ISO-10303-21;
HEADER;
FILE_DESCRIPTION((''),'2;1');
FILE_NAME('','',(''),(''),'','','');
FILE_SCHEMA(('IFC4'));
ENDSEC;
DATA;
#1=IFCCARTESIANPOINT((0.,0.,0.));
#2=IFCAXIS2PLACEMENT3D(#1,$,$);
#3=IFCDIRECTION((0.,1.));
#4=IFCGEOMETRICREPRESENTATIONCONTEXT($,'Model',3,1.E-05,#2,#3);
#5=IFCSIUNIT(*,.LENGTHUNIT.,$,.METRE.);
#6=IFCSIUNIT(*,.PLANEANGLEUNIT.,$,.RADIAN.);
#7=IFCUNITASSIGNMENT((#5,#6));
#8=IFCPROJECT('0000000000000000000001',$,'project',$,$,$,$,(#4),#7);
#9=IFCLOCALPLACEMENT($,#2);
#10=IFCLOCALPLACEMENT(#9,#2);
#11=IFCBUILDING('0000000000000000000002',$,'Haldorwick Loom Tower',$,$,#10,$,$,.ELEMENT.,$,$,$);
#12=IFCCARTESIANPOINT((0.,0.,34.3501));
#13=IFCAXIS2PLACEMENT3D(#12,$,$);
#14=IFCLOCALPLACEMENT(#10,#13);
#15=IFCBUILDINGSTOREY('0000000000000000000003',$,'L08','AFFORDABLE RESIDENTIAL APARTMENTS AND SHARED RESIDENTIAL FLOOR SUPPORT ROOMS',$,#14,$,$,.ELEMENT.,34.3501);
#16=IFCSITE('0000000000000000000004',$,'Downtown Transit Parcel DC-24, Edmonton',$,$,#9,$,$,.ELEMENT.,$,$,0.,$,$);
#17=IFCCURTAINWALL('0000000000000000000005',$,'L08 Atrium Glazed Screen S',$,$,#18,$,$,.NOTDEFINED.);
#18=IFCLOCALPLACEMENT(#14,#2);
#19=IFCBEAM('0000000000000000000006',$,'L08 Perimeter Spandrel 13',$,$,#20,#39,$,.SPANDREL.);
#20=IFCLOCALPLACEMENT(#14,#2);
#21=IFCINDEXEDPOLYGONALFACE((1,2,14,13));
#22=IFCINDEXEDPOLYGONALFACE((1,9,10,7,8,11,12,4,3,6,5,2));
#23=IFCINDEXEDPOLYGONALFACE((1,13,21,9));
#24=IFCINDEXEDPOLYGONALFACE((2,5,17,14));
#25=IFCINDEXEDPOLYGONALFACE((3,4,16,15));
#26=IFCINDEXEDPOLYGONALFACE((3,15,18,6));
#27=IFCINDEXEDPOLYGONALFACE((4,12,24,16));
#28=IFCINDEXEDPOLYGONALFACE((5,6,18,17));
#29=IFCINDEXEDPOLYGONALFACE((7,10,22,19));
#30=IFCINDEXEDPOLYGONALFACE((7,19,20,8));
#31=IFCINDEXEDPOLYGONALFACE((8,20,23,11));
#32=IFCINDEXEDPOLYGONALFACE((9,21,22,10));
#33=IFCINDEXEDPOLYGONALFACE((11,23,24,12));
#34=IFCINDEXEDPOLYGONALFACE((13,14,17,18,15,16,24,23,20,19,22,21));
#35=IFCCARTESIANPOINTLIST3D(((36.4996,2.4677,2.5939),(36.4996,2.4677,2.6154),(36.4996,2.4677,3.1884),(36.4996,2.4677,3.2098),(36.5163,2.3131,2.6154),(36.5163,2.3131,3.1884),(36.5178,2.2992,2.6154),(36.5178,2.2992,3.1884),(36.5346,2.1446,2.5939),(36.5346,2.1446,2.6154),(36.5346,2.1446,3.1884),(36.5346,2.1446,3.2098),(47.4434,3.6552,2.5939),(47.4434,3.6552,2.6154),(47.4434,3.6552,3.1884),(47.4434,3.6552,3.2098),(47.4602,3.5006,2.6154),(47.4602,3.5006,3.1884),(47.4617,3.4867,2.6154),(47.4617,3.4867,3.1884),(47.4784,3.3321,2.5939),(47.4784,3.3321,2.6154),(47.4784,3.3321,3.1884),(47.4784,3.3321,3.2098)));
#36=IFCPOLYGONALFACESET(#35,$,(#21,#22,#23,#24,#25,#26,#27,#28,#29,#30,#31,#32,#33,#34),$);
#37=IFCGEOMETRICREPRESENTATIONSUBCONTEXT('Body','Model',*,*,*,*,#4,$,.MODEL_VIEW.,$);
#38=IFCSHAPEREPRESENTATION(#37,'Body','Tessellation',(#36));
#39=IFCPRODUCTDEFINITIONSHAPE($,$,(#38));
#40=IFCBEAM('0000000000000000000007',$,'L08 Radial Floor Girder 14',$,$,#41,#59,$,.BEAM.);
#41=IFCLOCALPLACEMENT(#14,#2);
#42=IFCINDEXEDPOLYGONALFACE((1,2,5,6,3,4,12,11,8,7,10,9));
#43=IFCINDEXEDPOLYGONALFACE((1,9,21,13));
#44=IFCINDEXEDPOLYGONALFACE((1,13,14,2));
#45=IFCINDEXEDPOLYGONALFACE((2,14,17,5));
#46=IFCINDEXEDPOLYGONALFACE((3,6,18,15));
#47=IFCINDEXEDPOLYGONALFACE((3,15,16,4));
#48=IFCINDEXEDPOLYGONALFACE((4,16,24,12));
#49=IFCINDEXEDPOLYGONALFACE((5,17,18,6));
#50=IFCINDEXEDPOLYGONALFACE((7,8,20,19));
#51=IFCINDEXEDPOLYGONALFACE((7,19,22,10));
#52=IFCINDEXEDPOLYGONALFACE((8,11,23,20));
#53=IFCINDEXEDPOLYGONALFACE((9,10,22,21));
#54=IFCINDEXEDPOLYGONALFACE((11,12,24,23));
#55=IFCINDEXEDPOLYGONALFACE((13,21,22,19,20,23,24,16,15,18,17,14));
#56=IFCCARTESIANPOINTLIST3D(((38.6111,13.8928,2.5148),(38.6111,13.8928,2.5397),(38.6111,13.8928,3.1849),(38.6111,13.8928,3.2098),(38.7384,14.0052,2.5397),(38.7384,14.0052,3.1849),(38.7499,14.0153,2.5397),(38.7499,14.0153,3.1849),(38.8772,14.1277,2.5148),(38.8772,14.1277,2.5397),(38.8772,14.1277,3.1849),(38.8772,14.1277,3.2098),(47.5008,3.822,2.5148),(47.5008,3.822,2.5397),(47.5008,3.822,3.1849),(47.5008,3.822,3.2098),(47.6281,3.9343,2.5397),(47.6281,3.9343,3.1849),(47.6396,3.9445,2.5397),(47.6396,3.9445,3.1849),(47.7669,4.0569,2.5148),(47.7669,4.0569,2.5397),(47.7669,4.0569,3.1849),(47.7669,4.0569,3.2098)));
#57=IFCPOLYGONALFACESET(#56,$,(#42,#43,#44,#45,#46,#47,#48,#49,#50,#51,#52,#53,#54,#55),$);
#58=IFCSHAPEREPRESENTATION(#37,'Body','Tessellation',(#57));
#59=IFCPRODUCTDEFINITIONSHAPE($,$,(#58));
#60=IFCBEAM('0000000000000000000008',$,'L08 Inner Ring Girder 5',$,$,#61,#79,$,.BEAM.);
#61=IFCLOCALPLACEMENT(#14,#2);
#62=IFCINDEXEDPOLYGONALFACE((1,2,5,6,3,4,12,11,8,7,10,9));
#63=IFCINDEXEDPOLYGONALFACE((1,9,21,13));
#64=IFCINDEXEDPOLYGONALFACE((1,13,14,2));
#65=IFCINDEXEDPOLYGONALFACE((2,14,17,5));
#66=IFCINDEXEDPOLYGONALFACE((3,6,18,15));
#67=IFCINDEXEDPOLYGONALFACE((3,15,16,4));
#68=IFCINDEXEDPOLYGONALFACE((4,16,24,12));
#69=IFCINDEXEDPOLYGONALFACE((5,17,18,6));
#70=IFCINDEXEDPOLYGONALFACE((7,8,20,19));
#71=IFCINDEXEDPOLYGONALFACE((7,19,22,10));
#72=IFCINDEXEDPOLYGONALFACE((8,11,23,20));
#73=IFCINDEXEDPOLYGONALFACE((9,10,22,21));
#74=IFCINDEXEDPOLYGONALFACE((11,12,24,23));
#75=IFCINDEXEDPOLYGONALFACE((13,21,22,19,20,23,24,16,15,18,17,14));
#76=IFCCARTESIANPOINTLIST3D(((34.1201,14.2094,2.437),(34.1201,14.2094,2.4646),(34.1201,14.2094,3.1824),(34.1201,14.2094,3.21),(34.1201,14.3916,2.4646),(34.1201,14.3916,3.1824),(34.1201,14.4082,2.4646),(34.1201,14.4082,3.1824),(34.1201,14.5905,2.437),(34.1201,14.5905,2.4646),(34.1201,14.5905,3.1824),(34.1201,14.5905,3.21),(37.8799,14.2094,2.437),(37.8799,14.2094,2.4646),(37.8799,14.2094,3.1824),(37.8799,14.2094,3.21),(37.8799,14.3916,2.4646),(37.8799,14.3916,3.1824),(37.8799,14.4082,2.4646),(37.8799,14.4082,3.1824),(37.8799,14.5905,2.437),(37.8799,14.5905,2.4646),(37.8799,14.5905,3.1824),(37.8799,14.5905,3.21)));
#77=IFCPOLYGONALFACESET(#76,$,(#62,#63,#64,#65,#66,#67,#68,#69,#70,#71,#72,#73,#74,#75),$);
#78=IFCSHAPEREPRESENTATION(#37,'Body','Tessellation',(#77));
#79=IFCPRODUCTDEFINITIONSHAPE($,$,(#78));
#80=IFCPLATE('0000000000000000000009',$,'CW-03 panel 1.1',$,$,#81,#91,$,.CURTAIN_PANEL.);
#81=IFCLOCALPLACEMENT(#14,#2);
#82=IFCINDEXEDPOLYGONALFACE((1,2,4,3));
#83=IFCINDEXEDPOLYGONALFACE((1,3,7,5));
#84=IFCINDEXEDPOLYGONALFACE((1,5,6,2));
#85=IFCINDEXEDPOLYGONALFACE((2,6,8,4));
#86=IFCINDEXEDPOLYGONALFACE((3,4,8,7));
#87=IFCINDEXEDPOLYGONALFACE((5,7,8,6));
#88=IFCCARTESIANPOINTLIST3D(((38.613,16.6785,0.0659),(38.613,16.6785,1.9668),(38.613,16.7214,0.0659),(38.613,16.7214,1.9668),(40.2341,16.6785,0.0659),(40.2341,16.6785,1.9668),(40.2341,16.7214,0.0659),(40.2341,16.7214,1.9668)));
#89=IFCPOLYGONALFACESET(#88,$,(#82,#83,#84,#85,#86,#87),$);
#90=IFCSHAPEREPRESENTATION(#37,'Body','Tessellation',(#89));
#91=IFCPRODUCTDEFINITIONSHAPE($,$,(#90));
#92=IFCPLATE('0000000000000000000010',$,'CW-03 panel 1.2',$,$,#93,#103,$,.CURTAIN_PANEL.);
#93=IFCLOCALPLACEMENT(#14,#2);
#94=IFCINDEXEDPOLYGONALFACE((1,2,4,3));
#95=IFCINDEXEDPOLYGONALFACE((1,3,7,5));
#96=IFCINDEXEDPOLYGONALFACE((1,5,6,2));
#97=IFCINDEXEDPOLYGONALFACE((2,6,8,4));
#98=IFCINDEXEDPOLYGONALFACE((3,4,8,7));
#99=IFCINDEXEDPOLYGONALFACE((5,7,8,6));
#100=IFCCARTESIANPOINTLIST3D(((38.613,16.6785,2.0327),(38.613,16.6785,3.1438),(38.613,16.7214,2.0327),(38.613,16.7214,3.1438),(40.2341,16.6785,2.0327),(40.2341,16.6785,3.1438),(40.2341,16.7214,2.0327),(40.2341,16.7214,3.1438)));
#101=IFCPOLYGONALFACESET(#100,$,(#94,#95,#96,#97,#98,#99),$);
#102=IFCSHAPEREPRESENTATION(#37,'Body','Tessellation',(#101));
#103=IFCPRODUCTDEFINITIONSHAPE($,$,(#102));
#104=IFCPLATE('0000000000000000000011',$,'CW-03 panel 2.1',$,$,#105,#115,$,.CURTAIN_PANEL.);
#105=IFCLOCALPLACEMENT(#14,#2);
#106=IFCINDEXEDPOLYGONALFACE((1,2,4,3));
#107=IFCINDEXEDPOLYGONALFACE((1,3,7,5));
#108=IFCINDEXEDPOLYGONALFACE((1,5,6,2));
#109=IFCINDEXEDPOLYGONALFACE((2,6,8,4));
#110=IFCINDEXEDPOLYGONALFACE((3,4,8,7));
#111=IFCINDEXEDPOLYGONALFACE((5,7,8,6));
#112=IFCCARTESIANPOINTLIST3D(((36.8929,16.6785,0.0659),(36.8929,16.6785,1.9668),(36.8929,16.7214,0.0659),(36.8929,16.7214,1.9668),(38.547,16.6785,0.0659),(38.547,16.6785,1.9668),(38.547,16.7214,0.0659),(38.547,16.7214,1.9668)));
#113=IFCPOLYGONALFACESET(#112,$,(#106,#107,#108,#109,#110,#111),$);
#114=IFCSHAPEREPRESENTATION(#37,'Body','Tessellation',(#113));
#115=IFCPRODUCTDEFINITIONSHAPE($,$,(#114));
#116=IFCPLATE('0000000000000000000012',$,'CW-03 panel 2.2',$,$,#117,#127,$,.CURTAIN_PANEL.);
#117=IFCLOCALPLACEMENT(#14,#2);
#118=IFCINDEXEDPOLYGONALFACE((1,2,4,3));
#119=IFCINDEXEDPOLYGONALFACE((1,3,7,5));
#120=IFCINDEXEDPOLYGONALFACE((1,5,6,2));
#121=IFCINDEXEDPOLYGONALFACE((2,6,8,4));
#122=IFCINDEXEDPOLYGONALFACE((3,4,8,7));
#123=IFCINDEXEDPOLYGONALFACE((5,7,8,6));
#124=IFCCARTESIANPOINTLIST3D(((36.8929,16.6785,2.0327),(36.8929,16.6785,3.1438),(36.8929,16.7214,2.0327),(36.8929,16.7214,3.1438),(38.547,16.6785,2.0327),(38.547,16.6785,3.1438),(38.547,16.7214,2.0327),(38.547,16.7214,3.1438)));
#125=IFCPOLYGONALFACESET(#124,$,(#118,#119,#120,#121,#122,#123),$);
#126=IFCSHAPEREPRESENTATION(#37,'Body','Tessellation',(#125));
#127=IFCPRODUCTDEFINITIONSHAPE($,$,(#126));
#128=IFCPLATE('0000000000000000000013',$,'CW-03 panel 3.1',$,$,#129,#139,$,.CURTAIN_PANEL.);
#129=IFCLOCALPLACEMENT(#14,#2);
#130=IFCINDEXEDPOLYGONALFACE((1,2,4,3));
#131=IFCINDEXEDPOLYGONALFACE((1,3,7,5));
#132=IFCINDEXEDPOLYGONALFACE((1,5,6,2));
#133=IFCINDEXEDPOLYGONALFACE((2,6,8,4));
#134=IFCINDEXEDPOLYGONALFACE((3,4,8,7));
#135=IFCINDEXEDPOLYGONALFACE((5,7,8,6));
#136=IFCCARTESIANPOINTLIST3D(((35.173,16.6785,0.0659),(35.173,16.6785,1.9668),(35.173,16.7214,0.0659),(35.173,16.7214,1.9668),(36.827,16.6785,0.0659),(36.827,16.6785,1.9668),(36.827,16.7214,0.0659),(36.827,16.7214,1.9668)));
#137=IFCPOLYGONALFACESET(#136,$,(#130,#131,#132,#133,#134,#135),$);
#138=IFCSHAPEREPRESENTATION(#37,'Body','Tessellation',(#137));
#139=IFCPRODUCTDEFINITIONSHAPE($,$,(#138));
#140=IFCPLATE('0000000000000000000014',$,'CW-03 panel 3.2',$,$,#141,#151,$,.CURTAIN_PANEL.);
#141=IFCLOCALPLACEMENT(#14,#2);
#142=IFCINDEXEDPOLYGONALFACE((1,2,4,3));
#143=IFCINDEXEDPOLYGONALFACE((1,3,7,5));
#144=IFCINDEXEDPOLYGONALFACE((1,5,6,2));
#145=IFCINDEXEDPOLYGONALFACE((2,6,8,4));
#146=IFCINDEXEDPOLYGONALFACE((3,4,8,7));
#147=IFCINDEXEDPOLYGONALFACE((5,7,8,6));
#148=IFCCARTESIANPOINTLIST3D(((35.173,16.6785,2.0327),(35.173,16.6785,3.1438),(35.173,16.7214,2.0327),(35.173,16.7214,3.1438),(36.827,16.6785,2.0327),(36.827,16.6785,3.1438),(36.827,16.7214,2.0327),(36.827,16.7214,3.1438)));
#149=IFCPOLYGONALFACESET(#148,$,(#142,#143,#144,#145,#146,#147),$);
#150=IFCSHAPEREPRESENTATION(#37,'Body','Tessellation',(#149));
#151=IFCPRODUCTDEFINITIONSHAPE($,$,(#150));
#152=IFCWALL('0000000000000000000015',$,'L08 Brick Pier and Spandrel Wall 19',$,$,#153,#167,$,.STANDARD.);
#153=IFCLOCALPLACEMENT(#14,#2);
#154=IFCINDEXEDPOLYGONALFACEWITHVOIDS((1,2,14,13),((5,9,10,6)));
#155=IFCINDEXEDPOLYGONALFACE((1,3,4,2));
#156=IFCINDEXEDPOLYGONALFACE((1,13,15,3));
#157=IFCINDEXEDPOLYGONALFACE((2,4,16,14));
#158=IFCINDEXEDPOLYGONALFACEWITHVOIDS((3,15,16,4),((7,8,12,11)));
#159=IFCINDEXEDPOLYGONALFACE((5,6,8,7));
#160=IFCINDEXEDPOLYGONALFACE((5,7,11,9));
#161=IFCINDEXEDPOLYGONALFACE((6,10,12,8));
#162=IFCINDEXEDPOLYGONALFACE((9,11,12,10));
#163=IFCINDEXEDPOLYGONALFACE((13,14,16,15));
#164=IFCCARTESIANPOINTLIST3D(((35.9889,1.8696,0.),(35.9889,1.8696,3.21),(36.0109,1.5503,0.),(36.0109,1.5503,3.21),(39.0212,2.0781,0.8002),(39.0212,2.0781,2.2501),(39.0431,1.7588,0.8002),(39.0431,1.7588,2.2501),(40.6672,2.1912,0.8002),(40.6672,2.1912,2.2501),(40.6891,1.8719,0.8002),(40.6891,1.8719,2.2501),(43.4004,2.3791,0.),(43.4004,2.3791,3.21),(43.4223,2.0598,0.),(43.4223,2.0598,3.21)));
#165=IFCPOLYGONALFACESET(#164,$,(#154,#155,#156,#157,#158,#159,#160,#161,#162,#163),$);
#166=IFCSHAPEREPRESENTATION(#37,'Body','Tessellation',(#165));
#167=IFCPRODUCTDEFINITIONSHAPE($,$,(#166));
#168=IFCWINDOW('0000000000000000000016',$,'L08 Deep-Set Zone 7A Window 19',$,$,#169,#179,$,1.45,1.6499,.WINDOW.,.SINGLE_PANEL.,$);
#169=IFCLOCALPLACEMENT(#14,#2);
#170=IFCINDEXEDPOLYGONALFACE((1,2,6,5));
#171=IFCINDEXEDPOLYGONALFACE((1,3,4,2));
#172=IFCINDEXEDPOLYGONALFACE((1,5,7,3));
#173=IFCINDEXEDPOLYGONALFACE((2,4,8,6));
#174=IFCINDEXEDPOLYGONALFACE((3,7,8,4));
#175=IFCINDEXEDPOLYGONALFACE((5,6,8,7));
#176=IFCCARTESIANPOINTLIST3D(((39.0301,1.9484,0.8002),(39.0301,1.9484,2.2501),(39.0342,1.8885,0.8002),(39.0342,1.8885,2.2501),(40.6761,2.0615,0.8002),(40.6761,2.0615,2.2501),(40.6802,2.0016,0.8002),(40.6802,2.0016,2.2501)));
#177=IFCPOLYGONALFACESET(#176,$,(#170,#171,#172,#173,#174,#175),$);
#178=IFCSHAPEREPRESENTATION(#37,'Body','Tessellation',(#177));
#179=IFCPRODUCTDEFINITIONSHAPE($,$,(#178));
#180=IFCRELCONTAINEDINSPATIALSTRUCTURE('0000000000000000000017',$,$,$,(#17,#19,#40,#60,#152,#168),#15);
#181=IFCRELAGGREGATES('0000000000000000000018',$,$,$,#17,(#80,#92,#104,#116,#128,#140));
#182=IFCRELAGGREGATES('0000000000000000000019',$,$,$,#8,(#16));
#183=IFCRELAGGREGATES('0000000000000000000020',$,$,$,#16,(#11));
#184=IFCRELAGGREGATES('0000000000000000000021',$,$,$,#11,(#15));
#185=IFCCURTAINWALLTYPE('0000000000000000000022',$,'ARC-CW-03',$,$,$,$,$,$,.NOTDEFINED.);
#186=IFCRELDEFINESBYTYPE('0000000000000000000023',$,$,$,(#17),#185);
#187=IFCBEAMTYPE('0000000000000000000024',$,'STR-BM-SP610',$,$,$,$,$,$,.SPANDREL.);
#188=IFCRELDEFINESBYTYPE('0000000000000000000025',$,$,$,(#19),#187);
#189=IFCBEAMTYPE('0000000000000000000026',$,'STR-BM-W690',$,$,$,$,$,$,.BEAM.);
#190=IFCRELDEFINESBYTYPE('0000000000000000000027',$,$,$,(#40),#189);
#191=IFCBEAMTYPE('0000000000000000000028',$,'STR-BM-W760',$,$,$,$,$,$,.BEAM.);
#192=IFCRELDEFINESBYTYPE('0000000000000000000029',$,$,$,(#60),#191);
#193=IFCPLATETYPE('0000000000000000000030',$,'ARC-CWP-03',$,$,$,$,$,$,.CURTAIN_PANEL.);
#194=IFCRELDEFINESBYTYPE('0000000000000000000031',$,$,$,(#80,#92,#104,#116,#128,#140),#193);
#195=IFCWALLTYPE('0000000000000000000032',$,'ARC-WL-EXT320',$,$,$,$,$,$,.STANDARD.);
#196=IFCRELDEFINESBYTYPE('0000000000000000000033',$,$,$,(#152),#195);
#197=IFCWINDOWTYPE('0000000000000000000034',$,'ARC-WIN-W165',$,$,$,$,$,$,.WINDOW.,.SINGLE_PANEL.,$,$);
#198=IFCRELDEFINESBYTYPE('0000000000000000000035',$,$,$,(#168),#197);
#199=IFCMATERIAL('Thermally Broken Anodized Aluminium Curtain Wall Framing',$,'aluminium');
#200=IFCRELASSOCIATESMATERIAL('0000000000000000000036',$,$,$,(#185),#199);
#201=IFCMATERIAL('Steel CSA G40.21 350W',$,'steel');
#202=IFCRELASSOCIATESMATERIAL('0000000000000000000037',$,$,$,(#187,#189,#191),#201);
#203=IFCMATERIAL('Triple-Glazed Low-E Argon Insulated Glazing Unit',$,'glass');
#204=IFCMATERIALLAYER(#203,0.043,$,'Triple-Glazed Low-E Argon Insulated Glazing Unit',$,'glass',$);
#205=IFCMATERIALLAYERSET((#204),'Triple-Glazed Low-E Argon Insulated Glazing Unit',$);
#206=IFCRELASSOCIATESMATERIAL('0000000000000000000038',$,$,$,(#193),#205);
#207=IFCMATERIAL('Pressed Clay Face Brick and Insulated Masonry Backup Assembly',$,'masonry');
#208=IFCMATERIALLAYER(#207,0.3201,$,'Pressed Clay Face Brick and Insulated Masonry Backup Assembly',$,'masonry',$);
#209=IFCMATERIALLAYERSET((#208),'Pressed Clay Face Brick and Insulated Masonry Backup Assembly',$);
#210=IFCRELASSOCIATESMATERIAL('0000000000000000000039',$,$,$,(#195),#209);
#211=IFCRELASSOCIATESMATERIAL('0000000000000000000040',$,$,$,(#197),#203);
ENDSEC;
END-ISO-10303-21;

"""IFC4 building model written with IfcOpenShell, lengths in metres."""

from ifc_helpers import new_model, si_unit, direction, frame, frame_2d, origin, origin_2d, place, context, subcontext, project, spatial, rectangle, i_section, extrude, material, layer, layer_set, material_profile, profile_set, type_object, element, fill, aggregate, save


model = new_model("IFC4")

# Units and contexts
model_context = context("Model", 3, precision=1e-05, world=origin(), true_north=direction((0.0, 1.0)))
body_context = subcontext(model_context, "Body", "Model", "MODEL_VIEW")
ifc_project = project(units=[si_unit("LENGTHUNIT", "METRE"), si_unit("PLANEANGLEUNIT", "RADIAN")], contexts=[model_context])

# Site, building, storey
site_placement = place(None, origin())
site = spatial("IfcSite", under=ifc_project, at=site_placement, Name="Downtown Transit Parcel DC-24, Edmonton", CompositionType="ELEMENT", RefElevation=0.0)
building_placement = place(site_placement, origin())
building = spatial("IfcBuilding", under=site, at=building_placement, Name="Haldorwick Loom Tower", CompositionType="ELEMENT")
storey_placement = place(building_placement, frame((0.0, 0.0, 34.3501)))
storey = spatial("IfcBuildingStorey", under=building, at=storey_placement, Name="L08", Description="AFFORDABLE RESIDENTIAL APARTMENTS AND SHARED RESIDENTIAL FLOOR SUPPORT ROOMS", CompositionType="ELEMENT", Elevation=34.3501)

# Curtain wall
ifc_material_1 = material(Name="Thermally Broken Anodized Aluminium Curtain Wall Framing", Category="aluminium")
curtain_wall_type = type_object("IfcCurtainWallType", Name="ARC-CW-03", PredefinedType="NOTDEFINED", material=ifc_material_1)
curtain_wall_placement = place(storey_placement, origin())
curtain_wall = element("IfcCurtainWall", 1, at=curtain_wall_placement, inside=storey, type_object=curtain_wall_type, Name="L08 Atrium Glazed Screen S", PredefinedType="NOTDEFINED")

# Beams
ifc_material_2 = material(Name="Steel CSA G40.21 350W", Category="steel")
ifc_material_profile_1 = material_profile(ifc_material_2, i_section(OverallWidth=0.325, OverallDepth=0.616, WebThickness=0.0139, FlangeThickness=0.0215, at=origin_2d()), Name="W610X174", Category="steel")
ifc_profile_set_1 = profile_set([ifc_material_profile_1], Name="Steel CSA G40.21 350W")
beam_type_1 = type_object("IfcBeamType", Name="STR-BM-SP610", PredefinedType="SPANDREL", material=ifc_profile_set_1)
beam_1_placement = place(storey_placement, frame((36.5171, 2.3062, 2.9019), z_axis=(0.994164, 0.107875, 0.0), x_axis=(-0.107875, 0.994164, 0.0)))
element("IfcBeam", 2, at=beam_1_placement, inside=storey, type_object=beam_type_1, Name="L08 Perimeter Spandrel 13", PredefinedType="SPANDREL", context=body_context, shape_type="SweptSolid", body=[
    extrude(i_section(OverallWidth=0.325, OverallDepth=0.616, WebThickness=0.0139, FlangeThickness=0.0215, at=origin_2d()), origin(), (0.0, 0.0, 1.0), 11.0081),
])
ifc_material_profile_2 = material_profile(ifc_material_2, i_section(OverallWidth=0.355, OverallDepth=0.6951, WebThickness=0.0154, FlangeThickness=0.0249, at=origin_2d()), Name="W690X217", Category="steel")
ifc_profile_set_2 = profile_set([ifc_material_profile_2], Name="Steel CSA G40.21 350W")
beam_type_2 = type_object("IfcBeamType", Name="STR-BM-W690", PredefinedType="BEAM", material=ifc_profile_set_2)
beam_2_placement = place(storey_placement, frame((38.7441, 14.0103, 2.8623), z_axis=(0.661774, -0.749703, 0.0), x_axis=(0.749703, 0.661774, 0.0)))
element("IfcBeam", 3, at=beam_2_placement, inside=storey, type_object=beam_type_2, Name="L08 Radial Floor Girder 14", PredefinedType="BEAM", context=body_context, shape_type="SweptSolid", body=[
    extrude(i_section(OverallWidth=0.355, OverallDepth=0.6951, WebThickness=0.0154, FlangeThickness=0.0249, at=origin_2d()), origin(), (0.0, 0.0, 1.0), 13.4331),
])
ifc_material_profile_3 = material_profile(ifc_material_2, i_section(OverallWidth=0.3811, OverallDepth=0.7729, WebThickness=0.0166, FlangeThickness=0.0276, at=origin_2d()), Name="W760X257", Category="steel")
ifc_profile_set_3 = profile_set([ifc_material_profile_3], Name="Steel CSA G40.21 350W")
beam_type_3 = type_object("IfcBeamType", Name="STR-BM-W760", PredefinedType="BEAM", material=ifc_profile_set_3)
beam_3_placement = place(storey_placement, frame((37.8799, 14.3999, 2.8235), z_axis=(-1.0, 0.0, 0.0), x_axis=(0.0, -1.0, 0.0)))
element("IfcBeam", 4, at=beam_3_placement, inside=storey, type_object=beam_type_3, Name="L08 Inner Ring Girder 5", PredefinedType="BEAM", context=body_context, shape_type="SweptSolid", body=[
    extrude(i_section(OverallWidth=0.3811, OverallDepth=0.7729, WebThickness=0.0166, FlangeThickness=0.0276, at=origin_2d()), origin(), (0.0, 0.0, 1.0), 3.7598),
])

# Plates
ifc_material_3 = material(Name="Triple-Glazed Low-E Argon Insulated Glazing Unit", Category="glass")
ifc_layer_1 = layer(ifc_material_3, 0.043, Name="Triple-Glazed Low-E Argon Insulated Glazing Unit", Category="glass")
ifc_layer_set_1 = layer_set([ifc_layer_1], Name="Triple-Glazed Low-E Argon Insulated Glazing Unit")
plate_type = type_object("IfcPlateType", Name="ARC-CWP-03", PredefinedType="CURTAIN_PANEL", material=ifc_layer_set_1)
plate_1_placement = place(storey_placement, frame((39.4236, 16.7, 0.0659), z_axis=(0.0, 0.0, 1.0), x_axis=(-1.0, 0.0, 0.0)))
plate_1 = element("IfcPlate", 5, at=plate_1_placement, type_object=plate_type, Name="CW-03 panel 1.1", PredefinedType="CURTAIN_PANEL", context=body_context, shape_type="SweptSolid", body=[
    extrude(rectangle(XDim=1.6211, YDim=0.043, at=origin_2d()), origin(), (0.0, 0.0, 1.0), 1.9009),
])
plate_2_placement = place(storey_placement, frame((39.4236, 16.7, 2.0327), z_axis=(0.0, 0.0, 1.0), x_axis=(-1.0, 0.0, 0.0)))
plate_2 = element("IfcPlate", 6, at=plate_2_placement, type_object=plate_type, Name="CW-03 panel 1.2", PredefinedType="CURTAIN_PANEL", context=body_context, shape_type="SweptSolid", body=[
    extrude(rectangle(XDim=1.6211, YDim=0.043, at=origin_2d()), origin(), (0.0, 0.0, 1.0), 1.1111),
])
plate_3_placement = place(storey_placement, frame((37.72, 16.7, 0.0659), z_axis=(0.0, 0.0, 1.0), x_axis=(-1.0, 0.0, 0.0)))
plate_3 = element("IfcPlate", 7, at=plate_3_placement, type_object=plate_type, Name="CW-03 panel 2.1", PredefinedType="CURTAIN_PANEL", context=body_context, shape_type="SweptSolid", body=[
    extrude(rectangle(XDim=1.6541, YDim=0.043, at=origin_2d()), origin(), (0.0, 0.0, 1.0), 1.9009),
])
plate_4_placement = place(storey_placement, frame((37.72, 16.7, 2.0327), z_axis=(0.0, 0.0, 1.0), x_axis=(-1.0, 0.0, 0.0)))
plate_4 = element("IfcPlate", 8, at=plate_4_placement, type_object=plate_type, Name="CW-03 panel 2.2", PredefinedType="CURTAIN_PANEL", context=body_context, shape_type="SweptSolid", body=[
    extrude(rectangle(XDim=1.6541, YDim=0.043, at=origin_2d()), origin(), (0.0, 0.0, 1.0), 1.1111),
])
plate_5_placement = place(storey_placement, frame((36.0, 16.7, 0.0659), z_axis=(0.0, 0.0, 1.0), x_axis=(-1.0, 0.0, 0.0)))
plate_5 = element("IfcPlate", 9, at=plate_5_placement, type_object=plate_type, Name="CW-03 panel 3.1", PredefinedType="CURTAIN_PANEL", context=body_context, shape_type="SweptSolid", body=[
    extrude(rectangle(XDim=1.6541, YDim=0.043, at=origin_2d()), origin(), (0.0, 0.0, 1.0), 1.9009),
])
plate_6_placement = place(storey_placement, frame((36.0, 16.7, 2.0327), z_axis=(0.0, 0.0, 1.0), x_axis=(-1.0, 0.0, 0.0)))
plate_6 = element("IfcPlate", 10, at=plate_6_placement, type_object=plate_type, Name="CW-03 panel 3.2", PredefinedType="CURTAIN_PANEL", context=body_context, shape_type="SweptSolid", body=[
    extrude(rectangle(XDim=1.6541, YDim=0.043, at=origin_2d()), origin(), (0.0, 0.0, 1.0), 1.1111),
])
aggregate(curtain_wall, [plate_1, plate_2, plate_3, plate_4, plate_5, plate_6])

# Wall, opening, window
ifc_material_4 = material(Name="Pressed Clay Face Brick and Insulated Masonry Backup Assembly", Category="masonry")
ifc_layer_2 = layer(ifc_material_4, 0.3201, Name="Pressed Clay Face Brick and Insulated Masonry Backup Assembly", Category="masonry")
ifc_layer_set_2 = layer_set([ifc_layer_2], Name="Pressed Clay Face Brick and Insulated Masonry Backup Assembly")
wall_type_1 = type_object("IfcWallType", Name="ARC-WL-EXT320", PredefinedType="STANDARD", material=ifc_layer_set_2)
wall_1_placement = place(storey_placement, frame((36.0, 1.71, 0.0), z_axis=(0.0, 0.0, 1.0), x_axis=(0.997645, 0.068587, 0.0)))
wall_1 = element("IfcWall", 11, at=wall_1_placement, inside=storey, type_object=wall_type_1, Name="L08 Brick Pier and Spandrel Wall 19", PredefinedType="STANDARD", context=body_context, shape_type="SweptSolid", body=[
    extrude(rectangle(XDim=7.429, YDim=0.3201, at=frame_2d((3.7144, 0.0))), origin(), (0.0, 0.0, 1.0), 3.21),
])
opening_placement = place(wall_1_placement, frame((3.0393, 0.0, 0.8)))
opening = element("IfcOpeningElement", 12, at=opening_placement, cuts=wall_1, PredefinedType="OPENING", context=body_context, shape_type="SweptSolid", body=[
    extrude(rectangle(XDim=1.6499, YDim=1.45, at=frame_2d((0.825, 0.7251))), frame((0.0, 0.1699, 0.0), z_axis=(0.0, -1.0, 0.0), x_axis=(1.0, 0.0, 0.0)), (0.0, 0.0, 1.0), 0.3401),
])
window_type = type_object("IfcWindowType", Name="ARC-WIN-W165", PartitioningType="SINGLE_PANEL", PredefinedType="WINDOW", material=ifc_material_3)
window_placement = place(opening_placement, origin())
window = element("IfcWindow", 13, at=window_placement, inside=storey, type_object=window_type, Name="L08 Deep-Set Zone 7A Window 19", OverallHeight=1.45, OverallWidth=1.6499, PartitioningType="SINGLE_PANEL", PredefinedType="WINDOW", context=body_context, shape_type="SweptSolid", body=[
    extrude(rectangle(XDim=1.6499, YDim=1.45, at=frame_2d((0.825, 0.7251))), frame((0.0, 0.03, 0.0), z_axis=(0.0, -1.0, 0.0), x_axis=(1.0, 0.0, 0.0)), (0.0, 0.0, 1.0), 0.0601),
])
fill(opening, window)

save(model, "model.ifc")
